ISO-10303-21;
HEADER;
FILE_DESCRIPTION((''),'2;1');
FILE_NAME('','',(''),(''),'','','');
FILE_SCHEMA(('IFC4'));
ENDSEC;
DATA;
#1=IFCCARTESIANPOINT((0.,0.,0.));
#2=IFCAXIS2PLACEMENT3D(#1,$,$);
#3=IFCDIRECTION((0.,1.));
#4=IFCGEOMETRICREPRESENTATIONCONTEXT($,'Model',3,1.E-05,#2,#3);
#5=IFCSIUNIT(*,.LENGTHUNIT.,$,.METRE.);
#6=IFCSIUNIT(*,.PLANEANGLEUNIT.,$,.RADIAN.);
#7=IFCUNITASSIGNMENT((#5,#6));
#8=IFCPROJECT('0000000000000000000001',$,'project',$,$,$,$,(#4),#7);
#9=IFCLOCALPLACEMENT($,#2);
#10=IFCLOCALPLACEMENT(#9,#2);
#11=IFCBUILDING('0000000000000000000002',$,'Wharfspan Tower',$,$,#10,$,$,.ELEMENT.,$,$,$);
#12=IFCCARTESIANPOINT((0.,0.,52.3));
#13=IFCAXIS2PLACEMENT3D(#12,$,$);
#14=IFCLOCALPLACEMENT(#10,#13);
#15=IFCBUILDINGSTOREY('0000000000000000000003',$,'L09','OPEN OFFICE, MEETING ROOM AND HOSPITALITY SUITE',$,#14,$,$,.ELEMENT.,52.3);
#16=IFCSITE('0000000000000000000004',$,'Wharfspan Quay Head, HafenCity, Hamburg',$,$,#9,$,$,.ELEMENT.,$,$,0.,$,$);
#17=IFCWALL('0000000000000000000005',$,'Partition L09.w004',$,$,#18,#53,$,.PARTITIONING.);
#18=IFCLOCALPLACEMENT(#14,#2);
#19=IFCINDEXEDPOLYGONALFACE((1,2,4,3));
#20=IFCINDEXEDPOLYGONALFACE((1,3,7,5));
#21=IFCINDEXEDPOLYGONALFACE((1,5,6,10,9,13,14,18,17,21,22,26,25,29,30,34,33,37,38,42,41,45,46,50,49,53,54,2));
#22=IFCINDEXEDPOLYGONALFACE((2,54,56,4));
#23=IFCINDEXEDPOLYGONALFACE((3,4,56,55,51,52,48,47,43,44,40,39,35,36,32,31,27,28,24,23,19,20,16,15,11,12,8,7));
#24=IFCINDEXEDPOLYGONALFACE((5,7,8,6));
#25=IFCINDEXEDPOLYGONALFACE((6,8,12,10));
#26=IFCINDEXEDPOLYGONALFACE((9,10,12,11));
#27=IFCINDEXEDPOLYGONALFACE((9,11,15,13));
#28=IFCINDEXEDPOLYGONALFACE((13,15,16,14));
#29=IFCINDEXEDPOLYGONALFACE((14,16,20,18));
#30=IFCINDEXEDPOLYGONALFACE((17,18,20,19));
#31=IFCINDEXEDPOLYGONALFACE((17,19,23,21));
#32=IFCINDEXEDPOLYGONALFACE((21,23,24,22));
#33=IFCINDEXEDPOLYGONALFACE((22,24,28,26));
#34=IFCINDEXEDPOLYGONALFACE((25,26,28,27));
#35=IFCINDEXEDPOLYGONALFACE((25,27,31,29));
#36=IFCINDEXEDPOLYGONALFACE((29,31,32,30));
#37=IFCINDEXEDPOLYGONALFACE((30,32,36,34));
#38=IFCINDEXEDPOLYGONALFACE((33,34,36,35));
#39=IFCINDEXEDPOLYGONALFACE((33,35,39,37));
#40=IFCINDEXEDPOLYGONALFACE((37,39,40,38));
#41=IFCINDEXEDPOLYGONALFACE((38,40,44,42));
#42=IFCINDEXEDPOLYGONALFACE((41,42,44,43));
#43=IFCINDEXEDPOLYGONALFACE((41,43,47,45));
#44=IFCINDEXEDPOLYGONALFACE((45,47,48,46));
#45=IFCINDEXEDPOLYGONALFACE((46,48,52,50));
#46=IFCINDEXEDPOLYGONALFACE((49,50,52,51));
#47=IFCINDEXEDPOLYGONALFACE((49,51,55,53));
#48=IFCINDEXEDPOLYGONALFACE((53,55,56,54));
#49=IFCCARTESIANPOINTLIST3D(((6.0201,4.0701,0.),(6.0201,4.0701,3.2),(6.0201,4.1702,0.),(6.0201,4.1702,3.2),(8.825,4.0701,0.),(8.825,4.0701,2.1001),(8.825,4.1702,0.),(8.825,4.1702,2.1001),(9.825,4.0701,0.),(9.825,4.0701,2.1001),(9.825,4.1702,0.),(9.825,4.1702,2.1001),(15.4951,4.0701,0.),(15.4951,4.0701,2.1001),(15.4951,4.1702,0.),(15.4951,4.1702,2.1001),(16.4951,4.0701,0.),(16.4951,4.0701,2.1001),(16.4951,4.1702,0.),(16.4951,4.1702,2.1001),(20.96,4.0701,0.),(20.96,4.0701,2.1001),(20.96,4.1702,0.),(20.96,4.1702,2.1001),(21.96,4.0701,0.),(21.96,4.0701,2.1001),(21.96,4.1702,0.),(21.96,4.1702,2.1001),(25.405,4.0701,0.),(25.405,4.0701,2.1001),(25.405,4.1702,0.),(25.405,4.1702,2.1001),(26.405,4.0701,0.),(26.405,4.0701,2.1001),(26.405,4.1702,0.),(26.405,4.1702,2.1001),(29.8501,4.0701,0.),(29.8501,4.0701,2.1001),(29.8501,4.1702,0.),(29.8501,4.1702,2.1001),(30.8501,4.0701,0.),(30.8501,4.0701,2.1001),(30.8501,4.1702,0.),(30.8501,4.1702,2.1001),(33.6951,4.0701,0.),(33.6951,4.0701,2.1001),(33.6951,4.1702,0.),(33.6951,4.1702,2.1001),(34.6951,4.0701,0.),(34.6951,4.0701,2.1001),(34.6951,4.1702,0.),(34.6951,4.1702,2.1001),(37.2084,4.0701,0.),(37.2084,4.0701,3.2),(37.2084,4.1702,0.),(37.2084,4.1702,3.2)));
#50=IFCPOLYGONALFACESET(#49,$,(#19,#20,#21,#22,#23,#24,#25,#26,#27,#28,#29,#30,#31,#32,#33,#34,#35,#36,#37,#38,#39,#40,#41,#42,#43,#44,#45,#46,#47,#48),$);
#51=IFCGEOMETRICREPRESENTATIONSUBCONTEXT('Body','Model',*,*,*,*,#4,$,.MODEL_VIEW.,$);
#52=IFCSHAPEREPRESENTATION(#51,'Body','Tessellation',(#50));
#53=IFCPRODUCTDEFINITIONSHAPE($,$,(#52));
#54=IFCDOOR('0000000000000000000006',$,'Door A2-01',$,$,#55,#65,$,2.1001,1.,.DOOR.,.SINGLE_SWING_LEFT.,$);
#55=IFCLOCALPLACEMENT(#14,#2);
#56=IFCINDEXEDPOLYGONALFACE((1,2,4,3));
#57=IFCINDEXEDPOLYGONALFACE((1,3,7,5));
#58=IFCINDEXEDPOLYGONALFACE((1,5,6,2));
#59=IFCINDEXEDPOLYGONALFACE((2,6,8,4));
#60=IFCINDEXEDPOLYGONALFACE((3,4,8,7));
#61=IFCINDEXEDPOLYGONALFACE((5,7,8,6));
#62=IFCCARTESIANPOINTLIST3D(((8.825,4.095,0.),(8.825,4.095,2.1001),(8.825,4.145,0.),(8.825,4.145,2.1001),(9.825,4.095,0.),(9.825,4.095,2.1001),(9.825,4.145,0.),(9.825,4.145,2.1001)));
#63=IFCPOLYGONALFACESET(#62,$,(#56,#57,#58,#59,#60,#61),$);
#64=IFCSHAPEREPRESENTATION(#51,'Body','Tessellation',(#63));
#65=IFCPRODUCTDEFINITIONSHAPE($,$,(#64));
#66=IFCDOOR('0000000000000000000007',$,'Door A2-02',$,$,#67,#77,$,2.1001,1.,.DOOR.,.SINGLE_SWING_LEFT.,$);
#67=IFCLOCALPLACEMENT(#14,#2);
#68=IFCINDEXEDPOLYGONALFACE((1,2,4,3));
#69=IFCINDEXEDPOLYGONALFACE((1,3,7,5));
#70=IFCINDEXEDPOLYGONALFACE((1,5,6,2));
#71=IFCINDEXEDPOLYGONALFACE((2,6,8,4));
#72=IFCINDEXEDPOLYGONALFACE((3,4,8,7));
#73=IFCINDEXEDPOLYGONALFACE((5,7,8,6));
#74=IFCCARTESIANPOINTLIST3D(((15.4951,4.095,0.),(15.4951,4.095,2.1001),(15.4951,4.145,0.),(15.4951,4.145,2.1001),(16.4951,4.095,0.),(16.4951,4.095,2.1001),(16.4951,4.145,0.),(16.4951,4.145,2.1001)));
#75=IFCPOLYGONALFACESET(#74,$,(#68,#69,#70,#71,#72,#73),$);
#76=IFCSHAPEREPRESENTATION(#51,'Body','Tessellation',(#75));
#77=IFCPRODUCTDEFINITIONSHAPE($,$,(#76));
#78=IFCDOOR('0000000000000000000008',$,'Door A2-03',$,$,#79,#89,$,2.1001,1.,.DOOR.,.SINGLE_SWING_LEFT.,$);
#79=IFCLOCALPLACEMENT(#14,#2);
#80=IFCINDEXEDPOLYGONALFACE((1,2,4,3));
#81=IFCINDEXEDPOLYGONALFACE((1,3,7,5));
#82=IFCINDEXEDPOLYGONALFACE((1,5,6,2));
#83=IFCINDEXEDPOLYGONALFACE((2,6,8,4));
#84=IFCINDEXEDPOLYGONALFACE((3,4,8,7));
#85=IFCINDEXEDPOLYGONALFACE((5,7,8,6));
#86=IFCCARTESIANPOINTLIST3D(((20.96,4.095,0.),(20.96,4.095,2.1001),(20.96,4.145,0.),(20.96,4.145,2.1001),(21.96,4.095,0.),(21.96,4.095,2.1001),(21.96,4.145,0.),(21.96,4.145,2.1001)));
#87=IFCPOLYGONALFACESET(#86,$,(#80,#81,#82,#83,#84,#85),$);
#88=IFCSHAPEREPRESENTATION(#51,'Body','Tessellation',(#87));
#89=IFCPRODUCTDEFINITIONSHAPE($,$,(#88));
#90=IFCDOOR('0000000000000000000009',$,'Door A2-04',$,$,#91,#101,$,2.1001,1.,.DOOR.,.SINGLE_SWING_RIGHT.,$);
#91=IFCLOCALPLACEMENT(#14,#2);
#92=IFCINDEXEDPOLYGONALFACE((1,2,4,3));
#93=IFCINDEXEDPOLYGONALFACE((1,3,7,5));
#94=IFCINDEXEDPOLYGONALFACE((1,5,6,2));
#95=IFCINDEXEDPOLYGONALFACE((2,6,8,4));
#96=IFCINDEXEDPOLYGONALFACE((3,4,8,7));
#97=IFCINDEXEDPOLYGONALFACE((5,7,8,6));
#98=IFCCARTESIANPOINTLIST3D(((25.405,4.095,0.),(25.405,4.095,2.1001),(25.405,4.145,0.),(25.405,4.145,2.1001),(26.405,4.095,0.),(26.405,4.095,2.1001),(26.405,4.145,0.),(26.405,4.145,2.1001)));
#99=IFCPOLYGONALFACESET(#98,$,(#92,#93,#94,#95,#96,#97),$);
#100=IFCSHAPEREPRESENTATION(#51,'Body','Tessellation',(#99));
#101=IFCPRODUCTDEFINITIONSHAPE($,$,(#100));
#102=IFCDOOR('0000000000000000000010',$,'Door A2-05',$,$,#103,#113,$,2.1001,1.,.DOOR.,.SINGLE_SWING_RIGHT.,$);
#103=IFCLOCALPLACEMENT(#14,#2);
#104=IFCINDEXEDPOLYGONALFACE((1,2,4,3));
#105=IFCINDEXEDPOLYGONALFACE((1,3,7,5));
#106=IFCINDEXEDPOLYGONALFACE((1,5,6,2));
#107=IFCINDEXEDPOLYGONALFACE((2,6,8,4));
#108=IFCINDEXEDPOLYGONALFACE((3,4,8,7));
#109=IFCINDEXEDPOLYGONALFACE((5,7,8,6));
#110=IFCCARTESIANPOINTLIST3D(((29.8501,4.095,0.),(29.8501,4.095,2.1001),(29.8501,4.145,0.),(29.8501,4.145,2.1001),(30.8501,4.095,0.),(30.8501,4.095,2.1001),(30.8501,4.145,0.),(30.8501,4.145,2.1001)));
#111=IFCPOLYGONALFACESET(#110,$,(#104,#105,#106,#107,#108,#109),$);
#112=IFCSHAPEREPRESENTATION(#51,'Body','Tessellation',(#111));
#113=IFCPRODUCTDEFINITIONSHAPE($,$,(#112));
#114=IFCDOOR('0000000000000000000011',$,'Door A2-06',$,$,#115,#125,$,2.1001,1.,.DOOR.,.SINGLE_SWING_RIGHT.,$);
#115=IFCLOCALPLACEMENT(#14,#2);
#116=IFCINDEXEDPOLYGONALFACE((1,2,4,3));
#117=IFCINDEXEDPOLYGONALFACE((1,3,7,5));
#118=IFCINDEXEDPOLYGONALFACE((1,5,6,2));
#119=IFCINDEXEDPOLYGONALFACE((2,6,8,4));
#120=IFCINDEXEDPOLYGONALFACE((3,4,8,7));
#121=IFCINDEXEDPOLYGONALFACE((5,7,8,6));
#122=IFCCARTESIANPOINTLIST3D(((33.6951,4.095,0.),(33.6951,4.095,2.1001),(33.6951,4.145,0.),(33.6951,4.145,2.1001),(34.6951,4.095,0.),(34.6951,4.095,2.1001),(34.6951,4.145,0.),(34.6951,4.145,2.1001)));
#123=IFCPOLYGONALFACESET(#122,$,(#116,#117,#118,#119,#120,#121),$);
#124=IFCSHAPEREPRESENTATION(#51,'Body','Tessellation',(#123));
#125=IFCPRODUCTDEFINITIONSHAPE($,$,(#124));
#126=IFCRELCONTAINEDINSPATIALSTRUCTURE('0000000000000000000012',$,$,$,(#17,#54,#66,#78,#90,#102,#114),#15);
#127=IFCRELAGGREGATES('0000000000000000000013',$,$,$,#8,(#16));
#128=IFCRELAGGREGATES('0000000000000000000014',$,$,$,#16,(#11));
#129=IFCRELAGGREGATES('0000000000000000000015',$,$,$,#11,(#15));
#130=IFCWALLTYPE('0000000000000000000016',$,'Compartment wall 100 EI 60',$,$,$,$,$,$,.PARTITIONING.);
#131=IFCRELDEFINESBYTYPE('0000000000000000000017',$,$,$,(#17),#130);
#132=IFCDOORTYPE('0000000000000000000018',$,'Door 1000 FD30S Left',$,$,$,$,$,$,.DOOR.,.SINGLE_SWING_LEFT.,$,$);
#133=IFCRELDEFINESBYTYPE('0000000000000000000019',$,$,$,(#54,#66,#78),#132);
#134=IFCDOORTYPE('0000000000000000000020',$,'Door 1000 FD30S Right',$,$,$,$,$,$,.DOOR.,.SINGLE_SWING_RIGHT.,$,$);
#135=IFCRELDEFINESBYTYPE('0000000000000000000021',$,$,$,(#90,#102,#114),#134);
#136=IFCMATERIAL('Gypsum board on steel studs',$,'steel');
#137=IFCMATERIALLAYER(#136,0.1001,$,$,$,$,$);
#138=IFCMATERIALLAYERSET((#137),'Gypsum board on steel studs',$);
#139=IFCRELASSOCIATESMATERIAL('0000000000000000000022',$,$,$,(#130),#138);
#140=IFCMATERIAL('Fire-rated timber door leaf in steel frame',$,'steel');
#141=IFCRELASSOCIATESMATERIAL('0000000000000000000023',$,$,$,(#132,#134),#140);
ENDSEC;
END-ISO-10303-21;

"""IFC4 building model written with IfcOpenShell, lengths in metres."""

from ifc_helpers import new_model, si_unit, direction, frame, frame_2d, origin, place, context, subcontext, project, spatial, rectangle, extrude, material, layer, layer_set, type_object, element, fill, save


model = new_model("IFC4")

# Units and contexts
model_context = context("Model", 3, precision=1e-05, world=origin(), true_north=direction((0.0, 1.0)))
body_context = subcontext(model_context, "Body", "Model", "MODEL_VIEW")
ifc_project = project(units=[si_unit("LENGTHUNIT", "METRE"), si_unit("PLANEANGLEUNIT", "RADIAN")], contexts=[model_context])

# Site, building, storey
site_placement = place(None, origin())
site = spatial("IfcSite", under=ifc_project, at=site_placement, Name="Wharfspan Quay Head, HafenCity, Hamburg", CompositionType="ELEMENT", RefElevation=0.0)
building_placement = place(site_placement, origin())
building = spatial("IfcBuilding", under=site, at=building_placement, Name="Wharfspan Tower", CompositionType="ELEMENT")
storey_placement = place(building_placement, frame((0.0, 0.0, 52.3)))
storey = spatial("IfcBuildingStorey", under=building, at=storey_placement, Name="L09", Description="OPEN OFFICE, MEETING ROOM AND HOSPITALITY SUITE", CompositionType="ELEMENT", Elevation=52.3)

# Wall, openings, doors
ifc_material_1 = material(Name="Gypsum board on steel studs", Category="steel")
ifc_layer_1 = layer(ifc_material_1, 0.1001)
ifc_layer_set_1 = layer_set([ifc_layer_1], Name="Gypsum board on steel studs")
wall_type_1 = type_object("IfcWallType", Name="Compartment wall 100 EI 60", PredefinedType="PARTITIONING", material=ifc_layer_set_1)
wall_1_placement = place(storey_placement, frame((6.02, 4.1201, 0.0), z_axis=(0.0, 0.0, 1.0), x_axis=(1.0, 0.0, 0.0)))
wall_1 = element("IfcWall", 1, at=wall_1_placement, inside=storey, type_object=wall_type_1, Name="Partition L09.w004", PredefinedType="PARTITIONING", context=body_context, shape_type="SweptSolid", body=[
    extrude(rectangle(XDim=31.1882, YDim=0.1001, at=frame_2d((15.5942, 0.0))), origin(), (0.0, 0.0, 1.0), 3.2),
])
opening_1_placement = place(wall_1_placement, frame((2.8049, 0.0, 0.0)))
opening_1 = element("IfcOpeningElement", 2, at=opening_1_placement, cuts=wall_1, PredefinedType="OPENING", context=body_context, shape_type="SweptSolid", body=[
    extrude(rectangle(XDim=1.0, YDim=2.1001, at=frame_2d((0.5, 1.05))), frame((0.0, 0.0601, 0.0), z_axis=(0.0, -1.0, 0.0), x_axis=(1.0, 0.0, 0.0)), (0.0, 0.0, 1.0), 0.1201),
])
opening_2_placement = place(wall_1_placement, frame((9.4751, 0.0, 0.0)))
opening_2 = element("IfcOpeningElement", 3, at=opening_2_placement, cuts=wall_1, PredefinedType="OPENING", context=body_context, shape_type="SweptSolid", body=[
    extrude(rectangle(XDim=1.0, YDim=2.1001, at=frame_2d((0.5, 1.05))), frame((0.0, 0.0601, 0.0), z_axis=(0.0, -1.0, 0.0), x_axis=(1.0, 0.0, 0.0)), (0.0, 0.0, 1.0), 0.1201),
])
opening_3_placement = place(wall_1_placement, frame((14.9399, 0.0, 0.0)))
opening_3 = element("IfcOpeningElement", 4, at=opening_3_placement, cuts=wall_1, PredefinedType="OPENING", context=body_context, shape_type="SweptSolid", body=[
    extrude(rectangle(XDim=1.0, YDim=2.1001, at=frame_2d((0.5, 1.05))), frame((0.0, 0.0601, 0.0), z_axis=(0.0, -1.0, 0.0), x_axis=(1.0, 0.0, 0.0)), (0.0, 0.0, 1.0), 0.1201),
])
opening_4_placement = place(wall_1_placement, frame((19.385, 0.0, 0.0)))
opening_4 = element("IfcOpeningElement", 5, at=opening_4_placement, cuts=wall_1, PredefinedType="OPENING", context=body_context, shape_type="SweptSolid", body=[
    extrude(rectangle(XDim=1.0, YDim=2.1001, at=frame_2d((0.5, 1.05))), frame((0.0, 0.0601, 0.0), z_axis=(0.0, -1.0, 0.0), x_axis=(1.0, 0.0, 0.0)), (0.0, 0.0, 1.0), 0.1201),
])
opening_5_placement = place(wall_1_placement, frame((23.8301, 0.0, 0.0)))
opening_5 = element("IfcOpeningElement", 6, at=opening_5_placement, cuts=wall_1, PredefinedType="OPENING", context=body_context, shape_type="SweptSolid", body=[
    extrude(rectangle(XDim=1.0, YDim=2.1001, at=frame_2d((0.5, 1.05))), frame((0.0, 0.0601, 0.0), z_axis=(0.0, -1.0, 0.0), x_axis=(1.0, 0.0, 0.0)), (0.0, 0.0, 1.0), 0.1201),
])
opening_6_placement = place(wall_1_placement, frame((27.675, 0.0, 0.0)))
opening_6 = element("IfcOpeningElement", 7, at=opening_6_placement, cuts=wall_1, PredefinedType="OPENING", context=body_context, shape_type="SweptSolid", body=[
    extrude(rectangle(XDim=1.0, YDim=2.1001, at=frame_2d((0.5, 1.05))), frame((0.0, 0.0601, 0.0), z_axis=(0.0, -1.0, 0.0), x_axis=(1.0, 0.0, 0.0)), (0.0, 0.0, 1.0), 0.1201),
])
ifc_material_2 = material(Name="Fire-rated timber door leaf in steel frame", Category="steel")
door_type_1 = type_object("IfcDoorType", Name="Door 1000 FD30S Left", OperationType="SINGLE_SWING_LEFT", PredefinedType="DOOR", material=ifc_material_2)
door_1_placement = place(opening_1_placement, origin())
door_1 = element("IfcDoor", 8, at=door_1_placement, inside=storey, type_object=door_type_1, Name="Door A2-01", OperationType="SINGLE_SWING_LEFT", OverallHeight=2.1001, OverallWidth=1.0, PredefinedType="DOOR", context=body_context, shape_type="SweptSolid", body=[
    extrude(rectangle(XDim=1.0, YDim=2.1001, at=frame_2d((0.5, 1.05))), frame((0.0, 0.0249, 0.0), z_axis=(0.0, -1.0, 0.0), x_axis=(1.0, 0.0, 0.0)), (0.0, 0.0, 1.0), 0.05),
])
fill(opening_1, door_1)
door_2_placement = place(opening_2_placement, origin())
door_2 = element("IfcDoor", 9, at=door_2_placement, inside=storey, type_object=door_type_1, Name="Door A2-02", OperationType="SINGLE_SWING_LEFT", OverallHeight=2.1001, OverallWidth=1.0, PredefinedType="DOOR", context=body_context, shape_type="SweptSolid", body=[
    extrude(rectangle(XDim=1.0, YDim=2.1001, at=frame_2d((0.5, 1.05))), frame((0.0, 0.0249, 0.0), z_axis=(0.0, -1.0, 0.0), x_axis=(1.0, 0.0, 0.0)), (0.0, 0.0, 1.0), 0.05),
])
fill(opening_2, door_2)
door_3_placement = place(opening_3_placement, origin())
door_3 = element("IfcDoor", 10, at=door_3_placement, inside=storey, type_object=door_type_1, Name="Door A2-03", OperationType="SINGLE_SWING_LEFT", OverallHeight=2.1001, OverallWidth=1.0, PredefinedType="DOOR", context=body_context, shape_type="SweptSolid", body=[
    extrude(rectangle(XDim=1.0, YDim=2.1001, at=frame_2d((0.5, 1.05))), frame((0.0, 0.0249, 0.0), z_axis=(0.0, -1.0, 0.0), x_axis=(1.0, 0.0, 0.0)), (0.0, 0.0, 1.0), 0.05),
])
fill(opening_3, door_3)
door_type_2 = type_object("IfcDoorType", Name="Door 1000 FD30S Right", OperationType="SINGLE_SWING_RIGHT", PredefinedType="DOOR", material=ifc_material_2)
door_4_placement = place(opening_4_placement, origin())
door_4 = element("IfcDoor", 11, at=door_4_placement, inside=storey, type_object=door_type_2, Name="Door A2-04", OperationType="SINGLE_SWING_RIGHT", OverallHeight=2.1001, OverallWidth=1.0, PredefinedType="DOOR", context=body_context, shape_type="SweptSolid", body=[
    extrude(rectangle(XDim=1.0, YDim=2.1001, at=frame_2d((0.5, 1.05))), frame((0.0, 0.0249, 0.0), z_axis=(0.0, -1.0, 0.0), x_axis=(1.0, 0.0, 0.0)), (0.0, 0.0, 1.0), 0.05),
])
fill(opening_4, door_4)
door_5_placement = place(opening_5_placement, origin())
door_5 = element("IfcDoor", 12, at=door_5_placement, inside=storey, type_object=door_type_2, Name="Door A2-05", OperationType="SINGLE_SWING_RIGHT", OverallHeight=2.1001, OverallWidth=1.0, PredefinedType="DOOR", context=body_context, shape_type="SweptSolid", body=[
    extrude(rectangle(XDim=1.0, YDim=2.1001, at=frame_2d((0.5, 1.05))), frame((0.0, 0.0249, 0.0), z_axis=(0.0, -1.0, 0.0), x_axis=(1.0, 0.0, 0.0)), (0.0, 0.0, 1.0), 0.05),
])
fill(opening_5, door_5)
door_6_placement = place(opening_6_placement, origin())
door_6 = element("IfcDoor", 13, at=door_6_placement, inside=storey, type_object=door_type_2, Name="Door A2-06", OperationType="SINGLE_SWING_RIGHT", OverallHeight=2.1001, OverallWidth=1.0, PredefinedType="DOOR", context=body_context, shape_type="SweptSolid", body=[
    extrude(rectangle(XDim=1.0, YDim=2.1001, at=frame_2d((0.5, 1.05))), frame((0.0, 0.0249, 0.0), z_axis=(0.0, -1.0, 0.0), x_axis=(1.0, 0.0, 0.0)), (0.0, 0.0, 1.0), 0.05),
])
fill(opening_6, door_6)

save(model, "model.ifc")
